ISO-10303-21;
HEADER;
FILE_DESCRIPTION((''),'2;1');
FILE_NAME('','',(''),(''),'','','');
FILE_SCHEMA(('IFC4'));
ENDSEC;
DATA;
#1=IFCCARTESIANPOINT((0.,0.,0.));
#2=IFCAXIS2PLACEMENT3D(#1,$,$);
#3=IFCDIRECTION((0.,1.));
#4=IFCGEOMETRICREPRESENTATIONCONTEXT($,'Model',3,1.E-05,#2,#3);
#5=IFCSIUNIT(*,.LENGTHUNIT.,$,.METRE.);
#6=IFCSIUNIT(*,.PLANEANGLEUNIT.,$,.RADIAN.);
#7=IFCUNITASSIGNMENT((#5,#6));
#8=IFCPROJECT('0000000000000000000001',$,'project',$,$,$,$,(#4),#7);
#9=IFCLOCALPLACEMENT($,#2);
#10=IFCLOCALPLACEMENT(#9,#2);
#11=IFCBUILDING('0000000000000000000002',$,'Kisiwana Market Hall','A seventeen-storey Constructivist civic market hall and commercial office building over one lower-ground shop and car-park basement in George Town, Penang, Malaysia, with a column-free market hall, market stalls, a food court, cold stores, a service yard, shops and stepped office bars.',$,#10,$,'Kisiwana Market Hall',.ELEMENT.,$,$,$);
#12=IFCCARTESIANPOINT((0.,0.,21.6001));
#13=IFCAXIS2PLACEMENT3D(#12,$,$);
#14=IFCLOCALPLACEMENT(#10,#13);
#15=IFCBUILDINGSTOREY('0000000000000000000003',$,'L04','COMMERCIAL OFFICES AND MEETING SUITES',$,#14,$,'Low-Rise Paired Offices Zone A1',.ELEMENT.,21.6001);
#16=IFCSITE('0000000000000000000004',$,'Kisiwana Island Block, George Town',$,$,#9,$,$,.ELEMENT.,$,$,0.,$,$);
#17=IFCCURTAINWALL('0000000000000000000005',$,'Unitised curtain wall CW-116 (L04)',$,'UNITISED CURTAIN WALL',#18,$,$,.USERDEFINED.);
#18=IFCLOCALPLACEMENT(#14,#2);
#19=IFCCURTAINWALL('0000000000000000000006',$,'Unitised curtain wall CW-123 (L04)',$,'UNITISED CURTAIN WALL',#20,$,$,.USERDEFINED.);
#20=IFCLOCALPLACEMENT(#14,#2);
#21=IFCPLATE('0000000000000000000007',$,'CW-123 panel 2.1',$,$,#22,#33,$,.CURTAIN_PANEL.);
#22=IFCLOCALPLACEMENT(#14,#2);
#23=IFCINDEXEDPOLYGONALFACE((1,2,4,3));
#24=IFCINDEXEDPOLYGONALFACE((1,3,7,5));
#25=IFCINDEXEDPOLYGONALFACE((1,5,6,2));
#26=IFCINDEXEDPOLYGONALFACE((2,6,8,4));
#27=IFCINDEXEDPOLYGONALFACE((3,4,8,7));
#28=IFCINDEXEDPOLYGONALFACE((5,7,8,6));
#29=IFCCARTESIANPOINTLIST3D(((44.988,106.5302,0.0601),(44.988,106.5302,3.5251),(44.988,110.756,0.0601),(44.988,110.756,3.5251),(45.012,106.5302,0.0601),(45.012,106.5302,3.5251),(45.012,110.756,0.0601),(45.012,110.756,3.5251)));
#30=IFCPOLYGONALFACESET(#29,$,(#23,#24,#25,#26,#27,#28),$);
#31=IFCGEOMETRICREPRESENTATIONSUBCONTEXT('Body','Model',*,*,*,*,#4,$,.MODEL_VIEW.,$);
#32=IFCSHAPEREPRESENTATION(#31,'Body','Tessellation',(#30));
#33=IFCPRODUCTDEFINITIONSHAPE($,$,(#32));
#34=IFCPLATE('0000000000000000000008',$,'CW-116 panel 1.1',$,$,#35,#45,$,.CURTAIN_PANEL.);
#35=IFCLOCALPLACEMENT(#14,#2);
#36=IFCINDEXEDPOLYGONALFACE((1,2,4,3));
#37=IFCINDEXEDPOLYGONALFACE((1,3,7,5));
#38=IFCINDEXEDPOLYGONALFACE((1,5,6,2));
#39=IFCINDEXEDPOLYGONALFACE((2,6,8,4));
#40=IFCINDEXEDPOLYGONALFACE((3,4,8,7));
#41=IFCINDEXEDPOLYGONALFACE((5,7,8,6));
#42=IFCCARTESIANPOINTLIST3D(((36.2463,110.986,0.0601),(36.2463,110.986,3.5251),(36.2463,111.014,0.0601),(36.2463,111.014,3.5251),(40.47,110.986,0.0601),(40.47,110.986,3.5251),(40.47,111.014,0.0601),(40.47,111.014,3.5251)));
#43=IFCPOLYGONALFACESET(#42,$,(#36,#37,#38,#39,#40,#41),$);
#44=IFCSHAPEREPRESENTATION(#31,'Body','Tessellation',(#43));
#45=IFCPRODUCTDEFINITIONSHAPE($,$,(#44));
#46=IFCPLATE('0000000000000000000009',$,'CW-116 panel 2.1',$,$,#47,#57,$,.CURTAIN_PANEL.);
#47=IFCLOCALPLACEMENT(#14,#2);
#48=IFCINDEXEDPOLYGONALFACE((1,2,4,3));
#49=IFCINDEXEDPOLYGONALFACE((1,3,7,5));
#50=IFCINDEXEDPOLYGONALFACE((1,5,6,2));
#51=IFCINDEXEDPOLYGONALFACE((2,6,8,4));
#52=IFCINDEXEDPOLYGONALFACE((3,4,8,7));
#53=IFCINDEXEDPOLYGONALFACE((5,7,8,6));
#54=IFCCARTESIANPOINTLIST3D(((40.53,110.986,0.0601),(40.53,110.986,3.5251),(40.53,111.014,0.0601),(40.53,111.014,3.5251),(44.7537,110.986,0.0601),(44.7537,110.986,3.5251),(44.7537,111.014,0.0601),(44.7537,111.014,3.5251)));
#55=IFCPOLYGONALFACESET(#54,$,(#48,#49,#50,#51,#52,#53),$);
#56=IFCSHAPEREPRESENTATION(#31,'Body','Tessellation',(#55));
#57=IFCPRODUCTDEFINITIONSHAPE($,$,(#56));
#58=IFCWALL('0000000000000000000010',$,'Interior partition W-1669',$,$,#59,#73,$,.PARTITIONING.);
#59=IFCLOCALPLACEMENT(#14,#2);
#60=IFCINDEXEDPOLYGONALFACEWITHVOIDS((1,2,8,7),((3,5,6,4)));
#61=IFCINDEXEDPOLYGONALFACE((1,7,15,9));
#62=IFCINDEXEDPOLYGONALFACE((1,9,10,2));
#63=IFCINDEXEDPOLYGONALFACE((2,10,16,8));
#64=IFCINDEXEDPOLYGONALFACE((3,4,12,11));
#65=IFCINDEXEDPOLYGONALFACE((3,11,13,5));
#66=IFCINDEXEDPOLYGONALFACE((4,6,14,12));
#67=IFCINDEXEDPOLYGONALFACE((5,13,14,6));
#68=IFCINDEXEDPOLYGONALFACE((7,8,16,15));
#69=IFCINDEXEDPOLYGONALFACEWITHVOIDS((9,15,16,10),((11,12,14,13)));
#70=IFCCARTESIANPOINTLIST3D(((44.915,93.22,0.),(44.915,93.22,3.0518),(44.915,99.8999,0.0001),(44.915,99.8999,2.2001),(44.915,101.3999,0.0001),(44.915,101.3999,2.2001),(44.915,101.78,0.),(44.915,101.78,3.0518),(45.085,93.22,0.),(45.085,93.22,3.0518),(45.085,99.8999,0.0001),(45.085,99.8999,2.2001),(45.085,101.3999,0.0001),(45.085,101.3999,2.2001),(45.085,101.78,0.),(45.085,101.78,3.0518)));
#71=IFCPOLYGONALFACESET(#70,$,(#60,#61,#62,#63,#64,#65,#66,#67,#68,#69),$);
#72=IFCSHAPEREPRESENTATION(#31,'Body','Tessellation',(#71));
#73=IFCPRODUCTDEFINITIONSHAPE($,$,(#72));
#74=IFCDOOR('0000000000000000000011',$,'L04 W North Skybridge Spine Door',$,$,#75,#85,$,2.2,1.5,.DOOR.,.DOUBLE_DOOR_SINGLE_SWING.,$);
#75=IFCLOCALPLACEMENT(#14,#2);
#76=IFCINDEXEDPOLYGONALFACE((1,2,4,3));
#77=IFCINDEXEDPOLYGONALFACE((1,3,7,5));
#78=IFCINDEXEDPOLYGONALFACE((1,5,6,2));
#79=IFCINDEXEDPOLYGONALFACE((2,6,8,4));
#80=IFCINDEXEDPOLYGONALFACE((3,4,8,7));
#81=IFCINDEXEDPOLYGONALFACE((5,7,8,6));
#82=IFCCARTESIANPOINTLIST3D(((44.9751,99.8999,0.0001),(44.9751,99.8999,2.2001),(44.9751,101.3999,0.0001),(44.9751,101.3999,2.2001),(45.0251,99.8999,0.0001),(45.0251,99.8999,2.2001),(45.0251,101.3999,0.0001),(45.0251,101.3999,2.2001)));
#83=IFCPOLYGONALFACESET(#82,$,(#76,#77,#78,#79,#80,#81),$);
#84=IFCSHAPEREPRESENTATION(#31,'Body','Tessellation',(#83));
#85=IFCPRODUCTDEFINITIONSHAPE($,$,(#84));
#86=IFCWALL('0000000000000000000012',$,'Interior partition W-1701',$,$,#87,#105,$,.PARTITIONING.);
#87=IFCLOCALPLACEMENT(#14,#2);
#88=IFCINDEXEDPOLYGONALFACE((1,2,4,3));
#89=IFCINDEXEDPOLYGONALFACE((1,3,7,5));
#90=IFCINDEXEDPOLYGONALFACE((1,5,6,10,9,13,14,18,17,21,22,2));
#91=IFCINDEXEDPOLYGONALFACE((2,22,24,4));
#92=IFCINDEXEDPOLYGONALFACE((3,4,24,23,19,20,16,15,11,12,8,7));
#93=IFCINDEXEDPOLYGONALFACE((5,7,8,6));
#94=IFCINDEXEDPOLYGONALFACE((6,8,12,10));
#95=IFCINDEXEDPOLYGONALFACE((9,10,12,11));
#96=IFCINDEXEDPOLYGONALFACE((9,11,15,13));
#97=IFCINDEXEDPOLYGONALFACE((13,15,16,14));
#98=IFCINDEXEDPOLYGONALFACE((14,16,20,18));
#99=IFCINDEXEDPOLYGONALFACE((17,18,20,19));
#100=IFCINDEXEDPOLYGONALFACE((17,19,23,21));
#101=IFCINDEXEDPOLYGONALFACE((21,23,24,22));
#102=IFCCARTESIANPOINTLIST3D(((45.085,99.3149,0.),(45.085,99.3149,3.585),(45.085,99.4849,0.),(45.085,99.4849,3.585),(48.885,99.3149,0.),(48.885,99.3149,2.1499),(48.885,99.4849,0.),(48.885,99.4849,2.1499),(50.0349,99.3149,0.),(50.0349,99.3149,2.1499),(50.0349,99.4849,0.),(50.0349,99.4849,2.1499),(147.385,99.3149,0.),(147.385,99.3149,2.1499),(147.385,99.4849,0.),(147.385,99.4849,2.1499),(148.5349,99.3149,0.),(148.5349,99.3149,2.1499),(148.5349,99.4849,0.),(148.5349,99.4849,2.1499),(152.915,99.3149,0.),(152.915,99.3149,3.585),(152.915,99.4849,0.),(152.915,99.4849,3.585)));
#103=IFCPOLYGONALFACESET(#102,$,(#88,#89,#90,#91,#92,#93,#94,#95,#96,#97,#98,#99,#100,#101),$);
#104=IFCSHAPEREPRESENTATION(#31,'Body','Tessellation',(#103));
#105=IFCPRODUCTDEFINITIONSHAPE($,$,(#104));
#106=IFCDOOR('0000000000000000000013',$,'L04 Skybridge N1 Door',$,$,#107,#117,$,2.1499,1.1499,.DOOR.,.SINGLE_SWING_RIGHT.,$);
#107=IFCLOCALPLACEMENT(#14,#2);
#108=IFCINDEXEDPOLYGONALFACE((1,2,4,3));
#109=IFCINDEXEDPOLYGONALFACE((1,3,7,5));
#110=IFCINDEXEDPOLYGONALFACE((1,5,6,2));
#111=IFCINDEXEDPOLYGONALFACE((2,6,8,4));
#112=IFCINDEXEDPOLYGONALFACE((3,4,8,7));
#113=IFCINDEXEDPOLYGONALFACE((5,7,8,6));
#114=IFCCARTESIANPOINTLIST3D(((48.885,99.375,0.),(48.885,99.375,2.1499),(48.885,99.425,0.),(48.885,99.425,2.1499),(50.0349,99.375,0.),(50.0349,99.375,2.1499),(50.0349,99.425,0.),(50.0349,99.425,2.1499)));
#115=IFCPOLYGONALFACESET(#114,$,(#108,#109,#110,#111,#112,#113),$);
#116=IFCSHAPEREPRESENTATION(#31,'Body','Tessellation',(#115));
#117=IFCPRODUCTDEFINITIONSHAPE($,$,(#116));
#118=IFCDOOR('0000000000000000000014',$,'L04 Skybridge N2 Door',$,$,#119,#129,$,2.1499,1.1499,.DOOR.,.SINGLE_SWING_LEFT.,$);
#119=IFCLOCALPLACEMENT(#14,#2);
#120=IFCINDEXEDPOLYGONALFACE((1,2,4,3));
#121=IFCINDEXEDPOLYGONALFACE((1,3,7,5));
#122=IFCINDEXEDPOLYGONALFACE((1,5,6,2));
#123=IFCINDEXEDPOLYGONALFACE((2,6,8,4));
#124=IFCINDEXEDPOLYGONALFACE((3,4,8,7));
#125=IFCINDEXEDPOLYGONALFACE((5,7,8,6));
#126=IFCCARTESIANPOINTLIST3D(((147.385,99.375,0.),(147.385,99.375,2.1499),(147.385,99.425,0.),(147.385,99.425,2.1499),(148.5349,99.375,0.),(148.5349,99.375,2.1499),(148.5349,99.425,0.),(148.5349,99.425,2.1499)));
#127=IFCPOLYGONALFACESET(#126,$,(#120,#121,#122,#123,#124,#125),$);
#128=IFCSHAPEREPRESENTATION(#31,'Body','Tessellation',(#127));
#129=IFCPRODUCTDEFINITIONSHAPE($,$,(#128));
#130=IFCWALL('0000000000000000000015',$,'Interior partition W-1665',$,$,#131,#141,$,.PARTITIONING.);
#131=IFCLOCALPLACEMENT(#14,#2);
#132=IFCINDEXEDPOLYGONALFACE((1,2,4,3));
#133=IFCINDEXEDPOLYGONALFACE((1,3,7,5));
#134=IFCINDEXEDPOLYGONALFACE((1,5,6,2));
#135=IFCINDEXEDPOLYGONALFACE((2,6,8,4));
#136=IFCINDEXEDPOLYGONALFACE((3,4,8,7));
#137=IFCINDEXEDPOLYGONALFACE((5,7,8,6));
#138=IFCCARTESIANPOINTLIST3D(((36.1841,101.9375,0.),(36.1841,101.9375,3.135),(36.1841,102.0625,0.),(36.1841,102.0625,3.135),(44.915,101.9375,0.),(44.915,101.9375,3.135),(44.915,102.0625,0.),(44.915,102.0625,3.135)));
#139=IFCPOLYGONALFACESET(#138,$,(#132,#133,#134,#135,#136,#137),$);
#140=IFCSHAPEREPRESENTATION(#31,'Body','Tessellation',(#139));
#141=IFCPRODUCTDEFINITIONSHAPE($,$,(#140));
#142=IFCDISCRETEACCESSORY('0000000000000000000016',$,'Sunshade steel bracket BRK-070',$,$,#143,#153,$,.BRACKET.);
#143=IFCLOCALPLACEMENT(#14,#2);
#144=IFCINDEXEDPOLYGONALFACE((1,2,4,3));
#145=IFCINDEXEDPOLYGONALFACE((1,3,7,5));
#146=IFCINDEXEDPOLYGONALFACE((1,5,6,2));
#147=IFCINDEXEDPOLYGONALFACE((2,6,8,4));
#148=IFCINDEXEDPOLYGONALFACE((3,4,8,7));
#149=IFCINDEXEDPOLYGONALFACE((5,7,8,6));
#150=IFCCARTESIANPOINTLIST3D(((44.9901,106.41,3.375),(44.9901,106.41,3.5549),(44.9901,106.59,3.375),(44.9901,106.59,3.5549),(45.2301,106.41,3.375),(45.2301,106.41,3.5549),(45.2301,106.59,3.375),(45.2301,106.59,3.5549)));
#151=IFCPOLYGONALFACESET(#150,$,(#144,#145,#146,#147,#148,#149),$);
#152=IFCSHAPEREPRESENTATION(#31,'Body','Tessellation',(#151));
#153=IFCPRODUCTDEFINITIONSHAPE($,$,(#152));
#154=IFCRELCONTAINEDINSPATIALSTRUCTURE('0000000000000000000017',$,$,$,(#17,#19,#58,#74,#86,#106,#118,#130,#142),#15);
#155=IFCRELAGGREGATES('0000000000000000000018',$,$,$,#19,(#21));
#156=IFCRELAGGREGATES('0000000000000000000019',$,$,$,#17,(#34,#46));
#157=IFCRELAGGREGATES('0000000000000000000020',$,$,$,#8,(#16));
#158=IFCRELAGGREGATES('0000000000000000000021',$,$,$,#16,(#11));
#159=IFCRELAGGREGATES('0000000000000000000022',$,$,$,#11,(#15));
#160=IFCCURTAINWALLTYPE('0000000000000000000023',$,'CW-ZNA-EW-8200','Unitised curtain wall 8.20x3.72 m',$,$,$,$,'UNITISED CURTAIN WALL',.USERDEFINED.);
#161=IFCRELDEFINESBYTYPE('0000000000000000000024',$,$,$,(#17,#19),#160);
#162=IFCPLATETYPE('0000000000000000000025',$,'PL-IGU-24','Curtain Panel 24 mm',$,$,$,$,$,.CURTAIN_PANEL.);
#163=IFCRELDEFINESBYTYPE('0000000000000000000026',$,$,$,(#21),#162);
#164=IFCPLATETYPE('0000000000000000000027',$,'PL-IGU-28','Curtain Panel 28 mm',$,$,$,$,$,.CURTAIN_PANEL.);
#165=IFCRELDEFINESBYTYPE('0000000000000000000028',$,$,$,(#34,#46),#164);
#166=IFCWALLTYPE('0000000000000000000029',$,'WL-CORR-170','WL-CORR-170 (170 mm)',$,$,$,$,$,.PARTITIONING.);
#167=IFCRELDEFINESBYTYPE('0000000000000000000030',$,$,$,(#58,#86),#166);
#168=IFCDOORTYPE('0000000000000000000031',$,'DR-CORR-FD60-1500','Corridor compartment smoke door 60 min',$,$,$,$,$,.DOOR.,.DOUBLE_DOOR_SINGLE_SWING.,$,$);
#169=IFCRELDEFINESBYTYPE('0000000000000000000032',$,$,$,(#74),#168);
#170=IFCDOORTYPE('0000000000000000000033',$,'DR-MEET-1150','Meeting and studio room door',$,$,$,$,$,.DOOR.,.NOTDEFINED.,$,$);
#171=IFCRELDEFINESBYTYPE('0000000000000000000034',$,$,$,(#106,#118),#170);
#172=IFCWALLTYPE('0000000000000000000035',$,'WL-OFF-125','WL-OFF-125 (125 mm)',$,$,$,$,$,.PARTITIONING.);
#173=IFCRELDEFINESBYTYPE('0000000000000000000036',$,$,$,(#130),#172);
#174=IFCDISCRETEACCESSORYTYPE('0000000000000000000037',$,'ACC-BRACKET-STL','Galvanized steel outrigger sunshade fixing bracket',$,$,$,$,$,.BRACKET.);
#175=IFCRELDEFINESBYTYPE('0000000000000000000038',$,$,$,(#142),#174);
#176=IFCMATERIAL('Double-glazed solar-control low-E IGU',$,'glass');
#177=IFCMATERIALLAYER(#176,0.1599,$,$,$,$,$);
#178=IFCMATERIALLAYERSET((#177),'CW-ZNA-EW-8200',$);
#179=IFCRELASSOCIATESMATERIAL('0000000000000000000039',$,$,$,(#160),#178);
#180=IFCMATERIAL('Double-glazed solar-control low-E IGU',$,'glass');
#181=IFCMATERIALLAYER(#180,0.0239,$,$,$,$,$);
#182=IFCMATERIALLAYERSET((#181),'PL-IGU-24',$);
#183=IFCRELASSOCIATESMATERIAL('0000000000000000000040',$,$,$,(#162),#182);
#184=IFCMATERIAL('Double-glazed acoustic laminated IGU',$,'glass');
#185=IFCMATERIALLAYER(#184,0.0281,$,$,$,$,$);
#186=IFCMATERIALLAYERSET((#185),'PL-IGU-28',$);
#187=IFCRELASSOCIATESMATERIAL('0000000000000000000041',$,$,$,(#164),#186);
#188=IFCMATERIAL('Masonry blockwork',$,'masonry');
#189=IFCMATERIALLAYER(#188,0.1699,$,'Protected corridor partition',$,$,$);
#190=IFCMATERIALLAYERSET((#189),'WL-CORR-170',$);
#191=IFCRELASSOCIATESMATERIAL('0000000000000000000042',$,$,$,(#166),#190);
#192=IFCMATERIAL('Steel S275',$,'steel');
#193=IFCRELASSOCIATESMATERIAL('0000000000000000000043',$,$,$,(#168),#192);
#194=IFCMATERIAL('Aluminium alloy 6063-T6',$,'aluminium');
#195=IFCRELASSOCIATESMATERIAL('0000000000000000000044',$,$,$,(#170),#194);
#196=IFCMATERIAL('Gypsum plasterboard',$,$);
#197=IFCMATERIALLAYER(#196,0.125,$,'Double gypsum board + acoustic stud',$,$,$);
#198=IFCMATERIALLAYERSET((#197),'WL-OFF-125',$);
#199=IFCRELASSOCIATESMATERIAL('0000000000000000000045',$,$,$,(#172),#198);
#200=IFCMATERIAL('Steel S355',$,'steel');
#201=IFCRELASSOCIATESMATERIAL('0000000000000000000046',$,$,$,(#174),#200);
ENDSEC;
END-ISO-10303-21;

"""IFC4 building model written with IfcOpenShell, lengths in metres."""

from ifc_helpers import new_model, si_unit, direction, frame, frame_2d, origin, origin_2d, place, context, subcontext, project, spatial, rectangle, extrude, material, layer, layer_set, type_object, element, fill, aggregate, save


model = new_model("IFC4")

# Units and contexts
model_context = context("Model", 3, precision=1e-05, world=origin(), true_north=direction((0.0, 1.0)))
body_context = subcontext(model_context, "Body", "Model", "MODEL_VIEW")
ifc_project = project(units=[si_unit("LENGTHUNIT", "METRE"), si_unit("PLANEANGLEUNIT", "RADIAN")], contexts=[model_context])

# Site, building, storey
site_placement = place(None, origin())
site = spatial("IfcSite", under=ifc_project, at=site_placement, Name="Kisiwana Island Block, George Town", CompositionType="ELEMENT", RefElevation=0.0)
building_placement = place(site_placement, origin())
building = spatial("IfcBuilding", under=site, at=building_placement, Name="Kisiwana Market Hall", Description="A seventeen-storey Constructivist civic market hall and commercial office building over one lower-ground shop and car-park basement in George Town, Penang, Malaysia, with a column-free market hall, market stalls, a food court, cold stores, a service yard, shops and stepped office bars.", LongName="Kisiwana Market Hall", CompositionType="ELEMENT")
storey_placement = place(building_placement, frame((0.0, 0.0, 21.6001)))
storey = spatial("IfcBuildingStorey", under=building, at=storey_placement, Name="L04", Description="COMMERCIAL OFFICES AND MEETING SUITES", LongName="Low-Rise Paired Offices Zone A1", CompositionType="ELEMENT", Elevation=21.6001)

# Shared definitions
ifc_material_1 = material(Name="Double-glazed solar-control low-E IGU", Category="glass")
ifc_layer_1 = layer(ifc_material_1, 0.1599)
ifc_layer_set_1 = layer_set([ifc_layer_1], Name="CW-ZNA-EW-8200")
curtain_wall_type = type_object("IfcCurtainWallType", Name="CW-ZNA-EW-8200", Description="Unitised curtain wall 8.20x3.72 m", ElementType="UNITISED CURTAIN WALL", PredefinedType="USERDEFINED", material=ifc_layer_set_1)

# Curtain walls
curtain_wall_1_placement = place(storey_placement, origin())
curtain_wall_1 = element("IfcCurtainWall", 1, at=curtain_wall_1_placement, inside=storey, type_object=curtain_wall_type, Name="Unitised curtain wall CW-116 (L04)", ObjectType="UNITISED CURTAIN WALL", PredefinedType="USERDEFINED")
curtain_wall_2_placement = place(storey_placement, origin())
curtain_wall_2 = element("IfcCurtainWall", 2, at=curtain_wall_2_placement, inside=storey, type_object=curtain_wall_type, Name="Unitised curtain wall CW-123 (L04)", ObjectType="UNITISED CURTAIN WALL", PredefinedType="USERDEFINED")

# Plates
ifc_material_2 = material(Name="Double-glazed solar-control low-E IGU", Category="glass")
ifc_layer_2 = layer(ifc_material_2, 0.0239)
ifc_layer_set_2 = layer_set([ifc_layer_2], Name="PL-IGU-24")
plate_type_1 = type_object("IfcPlateType", Name="PL-IGU-24", Description="Curtain Panel 24 mm", PredefinedType="CURTAIN_PANEL", material=ifc_layer_set_2)
plate_1_placement = place(storey_placement, frame((45.0, 108.6431, 0.0601), z_axis=(0.0, 0.0, 1.0), x_axis=(0.0, 1.0, 0.0)))
plate_1 = element("IfcPlate", 3, at=plate_1_placement, type_object=plate_type_1, Name="CW-123 panel 2.1", PredefinedType="CURTAIN_PANEL", context=body_context, shape_type="SweptSolid", body=[
    extrude(rectangle(XDim=4.2258, YDim=0.0239, at=origin_2d()), origin(), (0.0, 0.0, 1.0), 3.4651),
])
aggregate(curtain_wall_2, [plate_1])
ifc_material_3 = material(Name="Double-glazed acoustic laminated IGU", Category="glass")
ifc_layer_3 = layer(ifc_material_3, 0.0281)
ifc_layer_set_3 = layer_set([ifc_layer_3], Name="PL-IGU-28")
plate_type_2 = type_object("IfcPlateType", Name="PL-IGU-28", Description="Curtain Panel 28 mm", PredefinedType="CURTAIN_PANEL", material=ifc_layer_set_3)
plate_2_placement = place(storey_placement, frame((38.3582, 111.0, 0.0601), z_axis=(0.0, 0.0, 1.0), x_axis=(1.0, 0.0, 0.0)))
plate_2 = element("IfcPlate", 4, at=plate_2_placement, type_object=plate_type_2, Name="CW-116 panel 1.1", PredefinedType="CURTAIN_PANEL", context=body_context, shape_type="SweptSolid", body=[
    extrude(rectangle(XDim=4.2236, YDim=0.0281, at=origin_2d()), origin(), (0.0, 0.0, 1.0), 3.4651),
])
plate_3_placement = place(storey_placement, frame((42.6418, 111.0, 0.0601), z_axis=(0.0, 0.0, 1.0), x_axis=(1.0, 0.0, 0.0)))
plate_3 = element("IfcPlate", 5, at=plate_3_placement, type_object=plate_type_2, Name="CW-116 panel 2.1", PredefinedType="CURTAIN_PANEL", context=body_context, shape_type="SweptSolid", body=[
    extrude(rectangle(XDim=4.2236, YDim=0.0281, at=origin_2d()), origin(), (0.0, 0.0, 1.0), 3.4651),
])
aggregate(curtain_wall_1, [plate_2, plate_3])

# Wall, opening, door
ifc_material_4 = material(Name="Masonry blockwork", Category="masonry")
ifc_layer_4 = layer(ifc_material_4, 0.1699, Name="Protected corridor partition")
ifc_layer_set_4 = layer_set([ifc_layer_4], Name="WL-CORR-170")
wall_type_1 = type_object("IfcWallType", Name="WL-CORR-170", Description="WL-CORR-170 (170 mm)", PredefinedType="PARTITIONING", material=ifc_layer_set_4)
wall_1_placement = place(storey_placement, frame((45.0, 93.22, 0.0), z_axis=(0.0, 0.0, 1.0), x_axis=(0.0, 1.0, 0.0)))
wall_1 = element("IfcWall", 6, at=wall_1_placement, inside=storey, type_object=wall_type_1, Name="Interior partition W-1669", PredefinedType="PARTITIONING", context=body_context, shape_type="SweptSolid", body=[
    extrude(rectangle(XDim=8.5601, YDim=0.1699, at=frame_2d((4.28, 0.0))), origin(), (0.0, 0.0, 1.0), 3.0518),
])
opening_1_placement = place(wall_1_placement, frame((6.6799, 0.0, 0.0)))
opening_1 = element("IfcOpeningElement", 7, at=opening_1_placement, cuts=wall_1, PredefinedType="OPENING", context=body_context, shape_type="SweptSolid", body=[
    extrude(rectangle(XDim=1.5, YDim=2.2, at=frame_2d((0.75, 1.1001))), frame((0.0, 0.0969, 0.0), z_axis=(0.0, -1.0, 0.0), x_axis=(1.0, 0.0, 0.0)), (0.0, 0.0, 1.0), 0.1938),
])
ifc_material_5 = material(Name="Steel S275", Category="steel")
door_type_1 = type_object("IfcDoorType", Name="DR-CORR-FD60-1500", Description="Corridor compartment smoke door 60 min", OperationType="DOUBLE_DOOR_SINGLE_SWING", PredefinedType="DOOR", material=ifc_material_5)
door_1_placement = place(opening_1_placement, origin())
door_1 = element("IfcDoor", 8, at=door_1_placement, inside=storey, type_object=door_type_1, Name="L04 W North Skybridge Spine Door", OperationType="DOUBLE_DOOR_SINGLE_SWING", OverallHeight=2.2, OverallWidth=1.5, PredefinedType="DOOR", context=body_context, shape_type="SweptSolid", body=[
    extrude(rectangle(XDim=1.5, YDim=2.2, at=frame_2d((0.75, 1.1001))), frame((0.0, 0.0249, 0.0), z_axis=(0.0, -1.0, 0.0), x_axis=(1.0, 0.0, 0.0)), (0.0, 0.0, 1.0), 0.05),
])
fill(opening_1, door_1)

# Wall, openings, doors
wall_2_placement = place(storey_placement, frame((45.085, 99.3999, 0.0), z_axis=(0.0, 0.0, 1.0), x_axis=(1.0, 0.0, 0.0)))
wall_2 = element("IfcWall", 9, at=wall_2_placement, inside=storey, type_object=wall_type_1, Name="Interior partition W-1701", PredefinedType="PARTITIONING", context=body_context, shape_type="SweptSolid", body=[
    extrude(rectangle(XDim=107.8301, YDim=0.1699, at=frame_2d((53.915, 0.0))), origin(), (0.0, 0.0, 1.0), 3.585),
])
opening_2_placement = place(wall_2_placement, frame((3.8, 0.0, 0.0)))
opening_2 = element("IfcOpeningElement", 10, at=opening_2_placement, cuts=wall_2, PredefinedType="OPENING", context=body_context, shape_type="SweptSolid", body=[
    extrude(rectangle(XDim=1.1499, YDim=2.1499, at=frame_2d((0.575, 1.075))), frame((0.0, 0.0969, 0.0), z_axis=(0.0, -1.0, 0.0), x_axis=(1.0, 0.0, 0.0)), (0.0, 0.0, 1.0), 0.1938),
])
opening_3_placement = place(wall_2_placement, frame((102.3, 0.0, 0.0)))
opening_3 = element("IfcOpeningElement", 11, at=opening_3_placement, cuts=wall_2, PredefinedType="OPENING", context=body_context, shape_type="SweptSolid", body=[
    extrude(rectangle(XDim=1.1499, YDim=2.1499, at=frame_2d((0.575, 1.075))), frame((0.0, 0.0969, 0.0), z_axis=(0.0, -1.0, 0.0), x_axis=(1.0, 0.0, 0.0)), (0.0, 0.0, 1.0), 0.1938),
])
ifc_material_6 = material(Name="Aluminium alloy 6063-T6", Category="aluminium")
door_type_2 = type_object("IfcDoorType", Name="DR-MEET-1150", Description="Meeting and studio room door", OperationType="NOTDEFINED", PredefinedType="DOOR", material=ifc_material_6)
door_2_placement = place(opening_2_placement, frame((1.1499, 0.0, 0.0), z_axis=(0.0, 0.0, 1.0), x_axis=(-1.0, 0.0, 0.0)))
door_2 = element("IfcDoor", 12, at=door_2_placement, inside=storey, type_object=door_type_2, Name="L04 Skybridge N1 Door", OperationType="SINGLE_SWING_RIGHT", OverallHeight=2.1499, OverallWidth=1.1499, PredefinedType="DOOR", context=body_context, shape_type="SweptSolid", body=[
    extrude(rectangle(XDim=1.1499, YDim=2.1499, at=frame_2d((0.575, 1.075))), frame((0.0, 0.0249, 0.0), z_axis=(0.0, -1.0, 0.0), x_axis=(1.0, 0.0, 0.0)), (0.0, 0.0, 1.0), 0.05),
])
fill(opening_2, door_2)
door_3_placement = place(opening_3_placement, frame((1.1499, 0.0, 0.0), z_axis=(0.0, 0.0, 1.0), x_axis=(-1.0, 0.0, 0.0)))
door_3 = element("IfcDoor", 13, at=door_3_placement, inside=storey, type_object=door_type_2, Name="L04 Skybridge N2 Door", OperationType="SINGLE_SWING_LEFT", OverallHeight=2.1499, OverallWidth=1.1499, PredefinedType="DOOR", context=body_context, shape_type="SweptSolid", body=[
    extrude(rectangle(XDim=1.1499, YDim=2.1499, at=frame_2d((0.575, 1.075))), frame((0.0, 0.0249, 0.0), z_axis=(0.0, -1.0, 0.0), x_axis=(1.0, 0.0, 0.0)), (0.0, 0.0, 1.0), 0.05),
])
fill(opening_3, door_3)

# Wall
ifc_material_7 = material(Name="Gypsum plasterboard")
ifc_layer_5 = layer(ifc_material_7, 0.125, Name="Double gypsum board + acoustic stud")
ifc_layer_set_5 = layer_set([ifc_layer_5], Name="WL-OFF-125")
wall_type_2 = type_object("IfcWallType", Name="WL-OFF-125", Description="WL-OFF-125 (125 mm)", PredefinedType="PARTITIONING", material=ifc_layer_set_5)
wall_3_placement = place(storey_placement, frame((36.1841, 102.0, 0.0), z_axis=(0.0, 0.0, 1.0), x_axis=(1.0, 0.0, 0.0)))
element("IfcWall", 14, at=wall_3_placement, inside=storey, type_object=wall_type_2, Name="Interior partition W-1665", PredefinedType="PARTITIONING", context=body_context, shape_type="SweptSolid", body=[
    extrude(rectangle(XDim=8.731, YDim=0.125, at=frame_2d((4.3655, 0.0))), origin(), (0.0, 0.0, 1.0), 3.135),
])

# Discrete accessory
ifc_material_8 = material(Name="Steel S355", Category="steel")
discrete_accessory_type = type_object("IfcDiscreteAccessoryType", Name="ACC-BRACKET-STL", Description="Galvanized steel outrigger sunshade fixing bracket", PredefinedType="BRACKET", material=ifc_material_8)
discrete_accessory_placement = place(storey_placement, frame((45.1101, 106.5, 3.375), z_axis=(0.0, 0.0, 1.0), x_axis=(0.0, 1.0, 0.0)))
element("IfcDiscreteAccessory", 15, at=discrete_accessory_placement, inside=storey, type_object=discrete_accessory_type, Name="Sunshade steel bracket BRK-070", PredefinedType="BRACKET", context=body_context, shape_type="SweptSolid", body=[
    extrude(rectangle(XDim=0.1799, YDim=0.24, at=origin_2d()), origin(), (0.0, 0.0, 1.0), 0.1799),
])

save(model, "model.ifc")
